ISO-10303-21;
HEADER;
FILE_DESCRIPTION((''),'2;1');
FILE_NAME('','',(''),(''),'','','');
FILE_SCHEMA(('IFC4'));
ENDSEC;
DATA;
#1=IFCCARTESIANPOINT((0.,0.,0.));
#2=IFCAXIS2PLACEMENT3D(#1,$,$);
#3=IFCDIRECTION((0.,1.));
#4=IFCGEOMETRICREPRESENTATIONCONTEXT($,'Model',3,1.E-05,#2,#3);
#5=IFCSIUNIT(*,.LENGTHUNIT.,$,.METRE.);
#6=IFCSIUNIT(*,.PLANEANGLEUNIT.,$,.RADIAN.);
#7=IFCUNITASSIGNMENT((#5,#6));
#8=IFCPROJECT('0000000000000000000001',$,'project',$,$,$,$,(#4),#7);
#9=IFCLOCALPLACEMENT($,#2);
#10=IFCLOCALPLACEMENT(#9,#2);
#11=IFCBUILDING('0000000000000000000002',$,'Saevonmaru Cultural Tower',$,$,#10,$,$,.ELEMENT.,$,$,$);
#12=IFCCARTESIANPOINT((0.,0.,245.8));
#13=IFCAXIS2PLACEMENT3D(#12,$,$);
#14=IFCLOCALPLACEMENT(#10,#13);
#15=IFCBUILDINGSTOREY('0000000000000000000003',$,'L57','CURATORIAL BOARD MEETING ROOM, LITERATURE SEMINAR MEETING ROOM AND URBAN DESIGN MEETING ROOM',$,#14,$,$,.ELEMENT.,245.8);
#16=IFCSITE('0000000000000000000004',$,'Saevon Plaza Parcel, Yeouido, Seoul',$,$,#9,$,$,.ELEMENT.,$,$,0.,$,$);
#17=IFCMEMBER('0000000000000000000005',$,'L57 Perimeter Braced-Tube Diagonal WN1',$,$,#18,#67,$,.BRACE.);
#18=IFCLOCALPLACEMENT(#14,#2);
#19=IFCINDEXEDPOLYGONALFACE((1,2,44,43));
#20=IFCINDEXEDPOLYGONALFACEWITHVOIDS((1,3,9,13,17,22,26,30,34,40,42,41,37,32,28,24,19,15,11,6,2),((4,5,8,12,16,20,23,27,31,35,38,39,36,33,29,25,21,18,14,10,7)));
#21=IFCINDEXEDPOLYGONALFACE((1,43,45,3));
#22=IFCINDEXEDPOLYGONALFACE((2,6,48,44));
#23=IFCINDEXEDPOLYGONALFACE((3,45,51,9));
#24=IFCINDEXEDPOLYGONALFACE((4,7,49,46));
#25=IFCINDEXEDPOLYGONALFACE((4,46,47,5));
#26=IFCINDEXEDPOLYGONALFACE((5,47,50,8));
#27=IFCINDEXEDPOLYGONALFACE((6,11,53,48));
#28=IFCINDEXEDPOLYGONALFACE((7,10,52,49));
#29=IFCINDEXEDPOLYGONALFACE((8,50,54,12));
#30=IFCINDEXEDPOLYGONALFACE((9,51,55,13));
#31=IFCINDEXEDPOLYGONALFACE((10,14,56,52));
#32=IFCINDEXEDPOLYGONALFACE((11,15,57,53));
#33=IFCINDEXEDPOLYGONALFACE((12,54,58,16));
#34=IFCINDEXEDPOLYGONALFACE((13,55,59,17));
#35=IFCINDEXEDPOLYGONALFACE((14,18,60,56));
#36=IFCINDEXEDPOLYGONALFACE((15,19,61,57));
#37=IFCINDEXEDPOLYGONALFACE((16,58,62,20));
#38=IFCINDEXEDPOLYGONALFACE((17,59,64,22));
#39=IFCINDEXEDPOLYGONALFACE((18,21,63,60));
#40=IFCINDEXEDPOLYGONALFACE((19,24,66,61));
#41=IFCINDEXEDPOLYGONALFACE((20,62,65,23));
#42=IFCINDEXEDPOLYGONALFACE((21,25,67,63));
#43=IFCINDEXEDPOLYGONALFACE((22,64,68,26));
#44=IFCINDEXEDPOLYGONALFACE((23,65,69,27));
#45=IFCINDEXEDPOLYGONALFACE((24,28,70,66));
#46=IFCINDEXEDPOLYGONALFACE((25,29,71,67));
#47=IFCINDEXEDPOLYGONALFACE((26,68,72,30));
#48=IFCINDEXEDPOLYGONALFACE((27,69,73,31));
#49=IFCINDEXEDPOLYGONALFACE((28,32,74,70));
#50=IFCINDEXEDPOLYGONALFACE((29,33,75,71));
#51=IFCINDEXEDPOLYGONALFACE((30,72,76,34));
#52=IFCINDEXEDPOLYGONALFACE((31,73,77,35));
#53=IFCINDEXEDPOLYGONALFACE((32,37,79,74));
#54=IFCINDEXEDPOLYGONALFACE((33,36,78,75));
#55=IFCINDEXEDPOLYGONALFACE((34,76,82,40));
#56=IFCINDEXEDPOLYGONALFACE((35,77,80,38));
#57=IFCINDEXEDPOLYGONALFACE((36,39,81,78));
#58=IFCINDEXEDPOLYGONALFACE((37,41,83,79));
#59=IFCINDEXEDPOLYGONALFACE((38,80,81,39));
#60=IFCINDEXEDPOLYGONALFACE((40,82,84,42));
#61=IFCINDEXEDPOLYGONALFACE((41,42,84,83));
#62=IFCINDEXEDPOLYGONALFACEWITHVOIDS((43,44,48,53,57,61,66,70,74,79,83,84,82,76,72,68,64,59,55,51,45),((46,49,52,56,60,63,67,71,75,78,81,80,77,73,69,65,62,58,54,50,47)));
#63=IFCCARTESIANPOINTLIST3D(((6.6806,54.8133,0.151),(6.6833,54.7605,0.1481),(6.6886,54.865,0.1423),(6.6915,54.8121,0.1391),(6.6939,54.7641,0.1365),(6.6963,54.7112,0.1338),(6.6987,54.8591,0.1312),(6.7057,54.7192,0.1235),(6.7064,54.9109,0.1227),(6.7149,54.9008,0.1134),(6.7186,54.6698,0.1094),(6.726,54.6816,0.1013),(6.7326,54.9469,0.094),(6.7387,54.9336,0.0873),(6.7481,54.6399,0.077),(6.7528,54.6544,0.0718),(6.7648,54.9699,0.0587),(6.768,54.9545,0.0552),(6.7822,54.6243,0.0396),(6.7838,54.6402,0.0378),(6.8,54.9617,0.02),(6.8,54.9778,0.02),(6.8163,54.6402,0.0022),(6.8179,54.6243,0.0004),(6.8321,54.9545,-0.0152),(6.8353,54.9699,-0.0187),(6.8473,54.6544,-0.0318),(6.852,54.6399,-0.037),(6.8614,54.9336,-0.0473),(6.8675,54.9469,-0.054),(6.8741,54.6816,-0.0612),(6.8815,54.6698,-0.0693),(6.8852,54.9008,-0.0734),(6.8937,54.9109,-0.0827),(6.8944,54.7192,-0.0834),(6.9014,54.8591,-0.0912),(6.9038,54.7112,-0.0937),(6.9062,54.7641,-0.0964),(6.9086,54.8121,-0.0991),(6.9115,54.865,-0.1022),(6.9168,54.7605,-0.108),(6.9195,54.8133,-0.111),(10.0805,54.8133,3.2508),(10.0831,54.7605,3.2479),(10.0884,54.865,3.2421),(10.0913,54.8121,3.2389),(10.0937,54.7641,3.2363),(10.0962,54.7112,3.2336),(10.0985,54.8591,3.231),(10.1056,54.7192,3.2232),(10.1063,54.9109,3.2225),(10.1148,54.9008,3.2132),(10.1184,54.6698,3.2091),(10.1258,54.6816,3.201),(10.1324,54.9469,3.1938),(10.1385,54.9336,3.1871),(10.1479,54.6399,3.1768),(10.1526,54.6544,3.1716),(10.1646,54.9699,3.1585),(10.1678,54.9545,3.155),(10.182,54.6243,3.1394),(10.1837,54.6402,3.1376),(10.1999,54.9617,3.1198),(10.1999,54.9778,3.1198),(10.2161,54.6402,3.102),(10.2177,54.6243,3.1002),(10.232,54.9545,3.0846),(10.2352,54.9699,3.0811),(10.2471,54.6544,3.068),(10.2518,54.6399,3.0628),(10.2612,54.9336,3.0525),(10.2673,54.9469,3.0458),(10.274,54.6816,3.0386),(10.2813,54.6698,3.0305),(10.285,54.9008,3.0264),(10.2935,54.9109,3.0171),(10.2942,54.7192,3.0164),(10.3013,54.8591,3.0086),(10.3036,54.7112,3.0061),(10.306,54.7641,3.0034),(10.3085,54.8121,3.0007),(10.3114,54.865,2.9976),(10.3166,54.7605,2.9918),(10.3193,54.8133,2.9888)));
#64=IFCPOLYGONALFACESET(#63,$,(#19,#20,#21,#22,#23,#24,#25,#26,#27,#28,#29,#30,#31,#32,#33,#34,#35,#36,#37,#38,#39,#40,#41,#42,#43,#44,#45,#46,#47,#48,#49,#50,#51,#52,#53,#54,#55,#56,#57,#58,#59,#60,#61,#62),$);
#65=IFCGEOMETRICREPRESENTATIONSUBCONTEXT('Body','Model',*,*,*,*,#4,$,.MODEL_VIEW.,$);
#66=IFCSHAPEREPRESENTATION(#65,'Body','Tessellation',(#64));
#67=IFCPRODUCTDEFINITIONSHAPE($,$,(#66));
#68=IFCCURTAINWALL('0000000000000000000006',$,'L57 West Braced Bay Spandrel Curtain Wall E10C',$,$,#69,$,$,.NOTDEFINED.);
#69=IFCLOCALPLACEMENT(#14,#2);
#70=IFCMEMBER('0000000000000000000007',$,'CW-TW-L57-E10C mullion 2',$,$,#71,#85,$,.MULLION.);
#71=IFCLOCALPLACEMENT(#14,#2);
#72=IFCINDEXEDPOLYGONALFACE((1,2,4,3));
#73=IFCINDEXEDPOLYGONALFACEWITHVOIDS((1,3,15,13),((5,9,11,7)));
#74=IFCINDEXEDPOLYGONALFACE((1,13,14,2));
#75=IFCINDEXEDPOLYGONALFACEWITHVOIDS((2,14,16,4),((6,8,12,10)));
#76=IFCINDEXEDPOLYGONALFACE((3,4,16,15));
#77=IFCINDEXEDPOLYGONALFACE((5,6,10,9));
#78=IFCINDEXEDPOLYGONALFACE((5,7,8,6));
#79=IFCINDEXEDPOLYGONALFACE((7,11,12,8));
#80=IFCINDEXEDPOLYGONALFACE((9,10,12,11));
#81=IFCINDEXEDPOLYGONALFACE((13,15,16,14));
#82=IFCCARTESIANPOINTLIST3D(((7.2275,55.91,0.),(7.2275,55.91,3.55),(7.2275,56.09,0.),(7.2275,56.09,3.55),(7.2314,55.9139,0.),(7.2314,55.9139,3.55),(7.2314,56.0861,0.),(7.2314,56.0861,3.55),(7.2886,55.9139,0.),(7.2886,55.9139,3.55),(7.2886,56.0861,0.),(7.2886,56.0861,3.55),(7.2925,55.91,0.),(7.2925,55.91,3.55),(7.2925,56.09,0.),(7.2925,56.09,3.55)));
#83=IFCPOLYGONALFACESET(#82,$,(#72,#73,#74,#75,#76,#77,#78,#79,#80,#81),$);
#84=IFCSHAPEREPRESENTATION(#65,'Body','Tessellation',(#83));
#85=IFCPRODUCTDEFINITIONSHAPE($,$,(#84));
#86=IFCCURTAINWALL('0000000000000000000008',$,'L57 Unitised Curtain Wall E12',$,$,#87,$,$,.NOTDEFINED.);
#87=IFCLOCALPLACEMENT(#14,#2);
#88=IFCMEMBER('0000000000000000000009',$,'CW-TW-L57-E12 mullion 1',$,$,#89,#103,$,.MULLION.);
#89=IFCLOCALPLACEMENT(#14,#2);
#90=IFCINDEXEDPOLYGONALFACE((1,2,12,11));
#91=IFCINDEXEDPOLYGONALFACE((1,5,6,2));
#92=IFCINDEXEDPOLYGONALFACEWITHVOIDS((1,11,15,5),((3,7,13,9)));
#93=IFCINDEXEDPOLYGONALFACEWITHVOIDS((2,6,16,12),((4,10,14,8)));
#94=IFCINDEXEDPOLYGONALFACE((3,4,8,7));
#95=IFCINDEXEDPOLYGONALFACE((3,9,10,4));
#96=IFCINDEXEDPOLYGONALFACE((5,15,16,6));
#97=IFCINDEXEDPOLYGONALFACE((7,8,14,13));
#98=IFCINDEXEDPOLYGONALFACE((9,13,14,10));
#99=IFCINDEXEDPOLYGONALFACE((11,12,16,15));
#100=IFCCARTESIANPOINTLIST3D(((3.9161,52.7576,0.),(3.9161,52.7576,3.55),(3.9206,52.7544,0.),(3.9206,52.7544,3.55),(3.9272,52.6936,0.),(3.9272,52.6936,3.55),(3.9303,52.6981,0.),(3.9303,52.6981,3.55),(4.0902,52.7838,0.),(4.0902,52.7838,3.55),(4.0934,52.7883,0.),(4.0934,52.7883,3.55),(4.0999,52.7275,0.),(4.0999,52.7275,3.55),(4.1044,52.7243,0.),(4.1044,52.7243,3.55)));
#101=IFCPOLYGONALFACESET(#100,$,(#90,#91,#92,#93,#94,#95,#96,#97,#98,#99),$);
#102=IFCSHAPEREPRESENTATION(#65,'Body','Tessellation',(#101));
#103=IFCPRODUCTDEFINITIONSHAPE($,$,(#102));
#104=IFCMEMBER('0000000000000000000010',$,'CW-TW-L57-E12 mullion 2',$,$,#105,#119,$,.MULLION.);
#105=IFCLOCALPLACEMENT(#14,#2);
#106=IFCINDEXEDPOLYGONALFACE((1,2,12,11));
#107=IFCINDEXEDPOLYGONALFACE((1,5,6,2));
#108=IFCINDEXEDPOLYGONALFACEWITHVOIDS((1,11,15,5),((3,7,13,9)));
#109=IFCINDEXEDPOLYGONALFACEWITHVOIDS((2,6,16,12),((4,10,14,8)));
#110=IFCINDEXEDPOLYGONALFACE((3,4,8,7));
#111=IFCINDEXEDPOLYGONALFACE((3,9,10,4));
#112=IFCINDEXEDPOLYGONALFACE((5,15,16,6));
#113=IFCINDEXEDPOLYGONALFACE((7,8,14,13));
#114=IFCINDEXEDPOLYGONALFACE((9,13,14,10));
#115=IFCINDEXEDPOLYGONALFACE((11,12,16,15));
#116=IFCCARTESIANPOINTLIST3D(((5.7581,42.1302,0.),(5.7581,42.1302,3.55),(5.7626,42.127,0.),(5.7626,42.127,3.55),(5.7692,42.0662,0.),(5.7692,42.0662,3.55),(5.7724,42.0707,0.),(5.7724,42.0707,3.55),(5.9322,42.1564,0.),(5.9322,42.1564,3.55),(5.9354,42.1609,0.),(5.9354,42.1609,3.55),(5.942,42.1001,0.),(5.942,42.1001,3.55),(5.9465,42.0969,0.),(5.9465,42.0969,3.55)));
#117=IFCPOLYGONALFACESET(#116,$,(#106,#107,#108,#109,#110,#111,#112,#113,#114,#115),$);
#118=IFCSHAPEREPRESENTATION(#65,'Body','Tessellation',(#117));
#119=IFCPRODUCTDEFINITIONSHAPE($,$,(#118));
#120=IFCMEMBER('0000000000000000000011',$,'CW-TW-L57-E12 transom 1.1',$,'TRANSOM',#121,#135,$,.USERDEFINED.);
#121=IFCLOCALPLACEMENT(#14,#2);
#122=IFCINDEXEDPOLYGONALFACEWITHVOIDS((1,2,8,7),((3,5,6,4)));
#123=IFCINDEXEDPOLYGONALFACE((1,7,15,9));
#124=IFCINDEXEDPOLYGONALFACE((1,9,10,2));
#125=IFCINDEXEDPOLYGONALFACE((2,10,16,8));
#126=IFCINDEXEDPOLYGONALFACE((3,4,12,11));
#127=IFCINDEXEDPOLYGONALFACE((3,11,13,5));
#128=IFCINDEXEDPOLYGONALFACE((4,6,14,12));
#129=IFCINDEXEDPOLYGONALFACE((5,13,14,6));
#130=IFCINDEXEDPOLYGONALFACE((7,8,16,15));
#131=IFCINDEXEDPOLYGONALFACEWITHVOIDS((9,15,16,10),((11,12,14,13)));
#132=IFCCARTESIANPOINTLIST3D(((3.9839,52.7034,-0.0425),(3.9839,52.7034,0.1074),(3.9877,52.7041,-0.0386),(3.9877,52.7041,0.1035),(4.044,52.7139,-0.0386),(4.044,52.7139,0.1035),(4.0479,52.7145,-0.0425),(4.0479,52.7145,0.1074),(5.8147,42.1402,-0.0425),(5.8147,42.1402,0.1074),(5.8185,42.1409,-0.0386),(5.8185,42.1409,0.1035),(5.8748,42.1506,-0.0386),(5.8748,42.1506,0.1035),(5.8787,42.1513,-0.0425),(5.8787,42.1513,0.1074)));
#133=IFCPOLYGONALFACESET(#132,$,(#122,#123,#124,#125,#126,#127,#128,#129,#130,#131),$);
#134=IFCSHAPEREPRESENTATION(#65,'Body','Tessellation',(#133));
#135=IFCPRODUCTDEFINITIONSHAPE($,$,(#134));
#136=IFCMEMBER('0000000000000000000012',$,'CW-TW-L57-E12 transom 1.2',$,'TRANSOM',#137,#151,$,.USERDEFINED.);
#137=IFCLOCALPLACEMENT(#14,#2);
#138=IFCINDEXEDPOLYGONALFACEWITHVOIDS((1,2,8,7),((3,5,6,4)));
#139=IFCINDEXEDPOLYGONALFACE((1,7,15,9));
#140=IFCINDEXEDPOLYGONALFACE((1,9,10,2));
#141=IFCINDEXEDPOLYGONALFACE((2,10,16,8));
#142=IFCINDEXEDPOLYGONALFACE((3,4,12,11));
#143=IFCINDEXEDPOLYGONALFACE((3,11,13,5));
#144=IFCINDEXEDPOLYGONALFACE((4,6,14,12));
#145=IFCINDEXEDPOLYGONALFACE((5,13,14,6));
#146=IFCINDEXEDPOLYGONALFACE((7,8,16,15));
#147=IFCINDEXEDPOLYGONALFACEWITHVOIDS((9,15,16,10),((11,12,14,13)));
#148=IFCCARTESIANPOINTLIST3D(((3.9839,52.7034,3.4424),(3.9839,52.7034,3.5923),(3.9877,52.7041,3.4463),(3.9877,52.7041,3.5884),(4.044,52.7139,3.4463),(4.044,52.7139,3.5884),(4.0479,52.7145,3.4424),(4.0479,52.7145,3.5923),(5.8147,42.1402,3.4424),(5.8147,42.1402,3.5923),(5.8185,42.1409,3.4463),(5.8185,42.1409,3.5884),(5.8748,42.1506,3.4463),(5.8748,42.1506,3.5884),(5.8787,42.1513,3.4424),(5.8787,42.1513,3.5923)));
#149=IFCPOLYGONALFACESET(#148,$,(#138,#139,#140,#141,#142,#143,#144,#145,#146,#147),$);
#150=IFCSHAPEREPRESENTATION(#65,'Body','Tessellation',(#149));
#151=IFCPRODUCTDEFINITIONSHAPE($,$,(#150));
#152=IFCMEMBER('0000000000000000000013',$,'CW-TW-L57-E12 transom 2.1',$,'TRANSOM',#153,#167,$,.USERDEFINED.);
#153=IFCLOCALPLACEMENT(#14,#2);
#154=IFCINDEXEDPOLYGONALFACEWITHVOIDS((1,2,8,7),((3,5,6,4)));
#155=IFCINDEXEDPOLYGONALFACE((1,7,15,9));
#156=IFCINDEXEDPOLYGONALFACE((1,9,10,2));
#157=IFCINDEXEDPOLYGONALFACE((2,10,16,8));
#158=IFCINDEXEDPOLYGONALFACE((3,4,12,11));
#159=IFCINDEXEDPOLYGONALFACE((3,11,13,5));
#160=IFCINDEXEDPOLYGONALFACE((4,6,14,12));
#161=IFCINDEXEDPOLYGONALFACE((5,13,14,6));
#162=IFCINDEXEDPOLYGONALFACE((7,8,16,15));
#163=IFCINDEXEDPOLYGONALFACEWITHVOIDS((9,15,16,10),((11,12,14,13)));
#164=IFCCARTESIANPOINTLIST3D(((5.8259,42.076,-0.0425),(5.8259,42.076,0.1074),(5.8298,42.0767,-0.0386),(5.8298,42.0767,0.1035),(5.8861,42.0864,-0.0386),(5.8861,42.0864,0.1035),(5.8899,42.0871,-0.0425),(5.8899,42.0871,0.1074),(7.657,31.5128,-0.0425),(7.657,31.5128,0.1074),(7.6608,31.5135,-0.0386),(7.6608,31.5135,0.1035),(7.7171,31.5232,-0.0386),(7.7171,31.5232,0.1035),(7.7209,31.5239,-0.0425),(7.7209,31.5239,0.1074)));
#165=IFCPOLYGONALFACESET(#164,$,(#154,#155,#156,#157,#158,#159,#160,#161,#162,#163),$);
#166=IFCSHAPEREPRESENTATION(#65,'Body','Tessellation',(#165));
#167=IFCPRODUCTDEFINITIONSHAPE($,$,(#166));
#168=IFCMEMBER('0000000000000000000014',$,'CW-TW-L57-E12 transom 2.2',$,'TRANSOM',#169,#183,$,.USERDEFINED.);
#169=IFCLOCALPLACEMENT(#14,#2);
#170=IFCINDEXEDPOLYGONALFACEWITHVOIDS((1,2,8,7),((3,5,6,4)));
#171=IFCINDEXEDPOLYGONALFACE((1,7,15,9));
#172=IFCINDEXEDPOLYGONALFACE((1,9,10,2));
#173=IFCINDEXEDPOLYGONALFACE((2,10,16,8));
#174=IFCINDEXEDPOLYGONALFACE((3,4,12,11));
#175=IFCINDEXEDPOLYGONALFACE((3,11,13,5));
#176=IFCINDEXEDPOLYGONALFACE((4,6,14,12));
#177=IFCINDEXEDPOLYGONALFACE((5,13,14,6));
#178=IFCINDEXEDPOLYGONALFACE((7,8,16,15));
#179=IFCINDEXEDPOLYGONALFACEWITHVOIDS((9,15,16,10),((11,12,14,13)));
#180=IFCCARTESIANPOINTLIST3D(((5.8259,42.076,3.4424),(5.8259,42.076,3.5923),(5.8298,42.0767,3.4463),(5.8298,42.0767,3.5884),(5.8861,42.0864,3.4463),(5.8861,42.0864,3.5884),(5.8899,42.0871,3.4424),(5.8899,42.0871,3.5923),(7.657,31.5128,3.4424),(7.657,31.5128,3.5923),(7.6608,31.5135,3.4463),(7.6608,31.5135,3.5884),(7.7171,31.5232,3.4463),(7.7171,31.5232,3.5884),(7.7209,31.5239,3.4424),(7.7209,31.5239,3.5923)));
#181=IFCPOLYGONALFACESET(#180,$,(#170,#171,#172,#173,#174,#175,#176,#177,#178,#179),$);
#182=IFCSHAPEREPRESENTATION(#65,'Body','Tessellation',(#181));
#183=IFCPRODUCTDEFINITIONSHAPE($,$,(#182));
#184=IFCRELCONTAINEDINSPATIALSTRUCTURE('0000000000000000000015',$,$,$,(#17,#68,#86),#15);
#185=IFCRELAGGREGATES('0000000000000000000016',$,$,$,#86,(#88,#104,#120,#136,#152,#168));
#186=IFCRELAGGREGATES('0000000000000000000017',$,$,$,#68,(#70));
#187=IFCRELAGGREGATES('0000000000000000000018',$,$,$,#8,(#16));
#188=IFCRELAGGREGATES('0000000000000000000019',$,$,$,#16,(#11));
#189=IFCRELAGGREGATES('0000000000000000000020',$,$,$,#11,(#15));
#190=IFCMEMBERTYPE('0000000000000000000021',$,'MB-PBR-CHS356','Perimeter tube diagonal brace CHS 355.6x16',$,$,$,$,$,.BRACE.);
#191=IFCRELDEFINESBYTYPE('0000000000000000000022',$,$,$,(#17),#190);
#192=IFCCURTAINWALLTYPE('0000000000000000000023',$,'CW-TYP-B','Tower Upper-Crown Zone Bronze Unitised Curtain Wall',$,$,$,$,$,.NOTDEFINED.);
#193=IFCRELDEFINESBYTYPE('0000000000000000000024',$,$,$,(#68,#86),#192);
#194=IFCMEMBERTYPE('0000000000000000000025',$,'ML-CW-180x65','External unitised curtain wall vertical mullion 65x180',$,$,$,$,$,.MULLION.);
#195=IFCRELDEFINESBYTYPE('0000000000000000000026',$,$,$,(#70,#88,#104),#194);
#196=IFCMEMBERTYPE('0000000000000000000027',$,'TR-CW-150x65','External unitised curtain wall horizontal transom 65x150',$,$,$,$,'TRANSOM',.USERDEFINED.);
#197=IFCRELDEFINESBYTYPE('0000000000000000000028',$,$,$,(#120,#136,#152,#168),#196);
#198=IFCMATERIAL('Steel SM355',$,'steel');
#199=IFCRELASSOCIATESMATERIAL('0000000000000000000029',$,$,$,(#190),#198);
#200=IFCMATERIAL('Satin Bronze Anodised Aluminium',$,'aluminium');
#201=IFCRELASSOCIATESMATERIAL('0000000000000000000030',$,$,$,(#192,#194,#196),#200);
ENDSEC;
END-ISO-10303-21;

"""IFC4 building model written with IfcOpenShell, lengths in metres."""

from ifc_helpers import new_model, si_unit, direction, frame, origin, origin_2d, place, context, subcontext, project, spatial, hollow_rectangle, hollow_circle, extrude, material, material_profile, profile_set, type_object, element, aggregate, save


model = new_model("IFC4")

# Units and contexts
model_context = context("Model", 3, precision=1e-05, world=origin(), true_north=direction((0.0, 1.0)))
body_context = subcontext(model_context, "Body", "Model", "MODEL_VIEW")
ifc_project = project(units=[si_unit("LENGTHUNIT", "METRE"), si_unit("PLANEANGLEUNIT", "RADIAN")], contexts=[model_context])

# Site, building, storey
site_placement = place(None, origin())
site = spatial("IfcSite", under=ifc_project, at=site_placement, Name="Saevon Plaza Parcel, Yeouido, Seoul", CompositionType="ELEMENT", RefElevation=0.0)
building_placement = place(site_placement, origin())
building = spatial("IfcBuilding", under=site, at=building_placement, Name="Saevonmaru Cultural Tower", CompositionType="ELEMENT")
storey_placement = place(building_placement, frame((0.0, 0.0, 245.8)))
storey = spatial("IfcBuildingStorey", under=building, at=storey_placement, Name="L57", Description="CURATORIAL BOARD MEETING ROOM, LITERATURE SEMINAR MEETING ROOM AND URBAN DESIGN MEETING ROOM", CompositionType="ELEMENT", Elevation=245.8)

# Shared definitions
ifc_material_1 = material(Name="Steel SM355", Category="steel")

# Member
ifc_material_profile_1 = material_profile(ifc_material_1, hollow_circle(Radius=0.1777, WallThickness=0.0161, at=origin_2d()), Name="CHS-355.6x16")
ifc_profile_set_1 = profile_set([ifc_material_profile_1], Name="Steel SM355")
member_type_1 = type_object("IfcMemberType", Name="MB-PBR-CHS356", Description="Perimeter tube diagonal brace CHS 355.6x16", PredefinedType="BRACE", material=ifc_profile_set_1)
member_1_placement = place(storey_placement, frame((6.8, 54.8, 0.02), z_axis=(0.738962, 0.0, 0.673747), x_axis=(0.0, 1.0, 0.0)))
element("IfcMember", 1, at=member_1_placement, inside=storey, type_object=member_type_1, Name="L57 Perimeter Braced-Tube Diagonal WN1", PredefinedType="BRACE", context=body_context, shape_type="SweptSolid", body=[
    extrude(hollow_circle(Radius=0.1777, WallThickness=0.0161, at=origin_2d()), origin(), (0.0, 0.0, 1.0), 4.6008),
])

# Curtain wall, member
ifc_material_2 = material(Name="Satin Bronze Anodised Aluminium", Category="aluminium")
curtain_wall_type = type_object("IfcCurtainWallType", Name="CW-TYP-B", Description="Tower Upper-Crown Zone Bronze Unitised Curtain Wall", PredefinedType="NOTDEFINED", material=ifc_material_2)
curtain_wall_1_placement = place(storey_placement, origin())
curtain_wall_1 = element("IfcCurtainWall", 2, at=curtain_wall_1_placement, inside=storey, type_object=curtain_wall_type, Name="L57 West Braced Bay Spandrel Curtain Wall E10C", PredefinedType="NOTDEFINED")
ifc_material_profile_2 = material_profile(ifc_material_2, hollow_rectangle(XDim=0.0649, YDim=0.1799, WallThickness=0.0039, at=origin_2d()), Name="ALU-MULL-180x65x4")
ifc_profile_set_2 = profile_set([ifc_material_profile_2], Name="Satin Bronze Anodised Aluminium")
member_type_2 = type_object("IfcMemberType", Name="ML-CW-180x65", Description="External unitised curtain wall vertical mullion 65x180", PredefinedType="MULLION", material=ifc_profile_set_2)
member_2_placement = place(storey_placement, frame((7.26, 56.0, 0.0), z_axis=(0.0, 0.0, 1.0), x_axis=(-1.0, 0.0, 0.0)))
member_2 = element("IfcMember", 3, at=member_2_placement, type_object=member_type_2, Name="CW-TW-L57-E10C mullion 2", PredefinedType="MULLION", context=body_context, shape_type="SweptSolid", body=[
    extrude(hollow_rectangle(XDim=0.0649, YDim=0.1799, WallThickness=0.0039, at=origin_2d()), origin(), (0.0, 0.0, 1.0), 3.55),
])

# Curtain wall, members
curtain_wall_2_placement = place(storey_placement, origin())
curtain_wall_2 = element("IfcCurtainWall", 4, at=curtain_wall_2_placement, inside=storey, type_object=curtain_wall_type, Name="L57 Unitised Curtain Wall E12", PredefinedType="NOTDEFINED")
member_3_placement = place(storey_placement, frame((4.0103, 52.741, 0.0), z_axis=(0.0, 0.0, 1.0), x_axis=(0.17079, -0.985307, 0.0)))
member_3 = element("IfcMember", 5, at=member_3_placement, type_object=member_type_2, Name="CW-TW-L57-E12 mullion 1", PredefinedType="MULLION", context=body_context, shape_type="SweptSolid", body=[
    extrude(hollow_rectangle(XDim=0.0649, YDim=0.1799, WallThickness=0.0039, at=origin_2d()), origin(), (0.0, 0.0, 1.0), 3.55),
])
member_4_placement = place(storey_placement, frame((5.8523, 42.1135, 0.0), z_axis=(0.0, 0.0, 1.0), x_axis=(0.17079, -0.985307, 0.0)))
member_4 = element("IfcMember", 6, at=member_4_placement, type_object=member_type_2, Name="CW-TW-L57-E12 mullion 2", PredefinedType="MULLION", context=body_context, shape_type="SweptSolid", body=[
    extrude(hollow_rectangle(XDim=0.0649, YDim=0.1799, WallThickness=0.0039, at=origin_2d()), origin(), (0.0, 0.0, 1.0), 3.55),
])
ifc_material_profile_3 = material_profile(ifc_material_2, hollow_rectangle(XDim=0.0649, YDim=0.1499, WallThickness=0.0039, at=origin_2d()), Name="ALU-TRAN-150x65x4")
ifc_profile_set_3 = profile_set([ifc_material_profile_3], Name="Satin Bronze Anodised Aluminium")
member_type_3 = type_object("IfcMemberType", Name="TR-CW-150x65", Description="External unitised curtain wall horizontal transom 65x150", ElementType="TRANSOM", PredefinedType="USERDEFINED", material=ifc_profile_set_3)
member_5_placement = place(storey_placement, frame((4.0159, 52.709, 0.0325), z_axis=(0.170773, -0.98531, 0.0), x_axis=(0.98531, 0.170773, 0.0)))
member_5 = element("IfcMember", 7, at=member_5_placement, type_object=member_type_3, Name="CW-TW-L57-E12 transom 1.1", ObjectType="TRANSOM", PredefinedType="USERDEFINED", context=body_context, shape_type="SweptSolid", body=[
    extrude(hollow_rectangle(XDim=0.0649, YDim=0.1499, WallThickness=0.0039, at=origin_2d()), origin(), (0.0, 0.0, 1.0), 10.7207),
])
member_6_placement = place(storey_placement, frame((4.0159, 52.709, 3.5173), z_axis=(0.170773, -0.98531, 0.0), x_axis=(0.98531, 0.170773, 0.0)))
member_6 = element("IfcMember", 8, at=member_6_placement, type_object=member_type_3, Name="CW-TW-L57-E12 transom 1.2", ObjectType="TRANSOM", PredefinedType="USERDEFINED", context=body_context, shape_type="SweptSolid", body=[
    extrude(hollow_rectangle(XDim=0.0649, YDim=0.1499, WallThickness=0.0039, at=origin_2d()), origin(), (0.0, 0.0, 1.0), 10.7207),
])
member_7_placement = place(storey_placement, frame((5.8579, 42.0815, 0.0325), z_axis=(0.170795, -0.985307, 0.0), x_axis=(0.985307, 0.170795, 0.0)))
member_7 = element("IfcMember", 9, at=member_7_placement, type_object=member_type_3, Name="CW-TW-L57-E12 transom 2.1", ObjectType="TRANSOM", PredefinedType="USERDEFINED", context=body_context, shape_type="SweptSolid", body=[
    extrude(hollow_rectangle(XDim=0.0649, YDim=0.1499, WallThickness=0.0039, at=origin_2d()), origin(), (0.0, 0.0, 1.0), 10.7207),
])
member_8_placement = place(storey_placement, frame((5.8579, 42.0815, 3.5173), z_axis=(0.170795, -0.985307, 0.0), x_axis=(0.985307, 0.170795, 0.0)))
member_8 = element("IfcMember", 10, at=member_8_placement, type_object=member_type_3, Name="CW-TW-L57-E12 transom 2.2", ObjectType="TRANSOM", PredefinedType="USERDEFINED", context=body_context, shape_type="SweptSolid", body=[
    extrude(hollow_rectangle(XDim=0.0649, YDim=0.1499, WallThickness=0.0039, at=origin_2d()), origin(), (0.0, 0.0, 1.0), 10.7207),
])

aggregate(curtain_wall_2, [member_3, member_4, member_5, member_6, member_7, member_8])
aggregate(curtain_wall_1, [member_2])

save(model, "model.ifc")
